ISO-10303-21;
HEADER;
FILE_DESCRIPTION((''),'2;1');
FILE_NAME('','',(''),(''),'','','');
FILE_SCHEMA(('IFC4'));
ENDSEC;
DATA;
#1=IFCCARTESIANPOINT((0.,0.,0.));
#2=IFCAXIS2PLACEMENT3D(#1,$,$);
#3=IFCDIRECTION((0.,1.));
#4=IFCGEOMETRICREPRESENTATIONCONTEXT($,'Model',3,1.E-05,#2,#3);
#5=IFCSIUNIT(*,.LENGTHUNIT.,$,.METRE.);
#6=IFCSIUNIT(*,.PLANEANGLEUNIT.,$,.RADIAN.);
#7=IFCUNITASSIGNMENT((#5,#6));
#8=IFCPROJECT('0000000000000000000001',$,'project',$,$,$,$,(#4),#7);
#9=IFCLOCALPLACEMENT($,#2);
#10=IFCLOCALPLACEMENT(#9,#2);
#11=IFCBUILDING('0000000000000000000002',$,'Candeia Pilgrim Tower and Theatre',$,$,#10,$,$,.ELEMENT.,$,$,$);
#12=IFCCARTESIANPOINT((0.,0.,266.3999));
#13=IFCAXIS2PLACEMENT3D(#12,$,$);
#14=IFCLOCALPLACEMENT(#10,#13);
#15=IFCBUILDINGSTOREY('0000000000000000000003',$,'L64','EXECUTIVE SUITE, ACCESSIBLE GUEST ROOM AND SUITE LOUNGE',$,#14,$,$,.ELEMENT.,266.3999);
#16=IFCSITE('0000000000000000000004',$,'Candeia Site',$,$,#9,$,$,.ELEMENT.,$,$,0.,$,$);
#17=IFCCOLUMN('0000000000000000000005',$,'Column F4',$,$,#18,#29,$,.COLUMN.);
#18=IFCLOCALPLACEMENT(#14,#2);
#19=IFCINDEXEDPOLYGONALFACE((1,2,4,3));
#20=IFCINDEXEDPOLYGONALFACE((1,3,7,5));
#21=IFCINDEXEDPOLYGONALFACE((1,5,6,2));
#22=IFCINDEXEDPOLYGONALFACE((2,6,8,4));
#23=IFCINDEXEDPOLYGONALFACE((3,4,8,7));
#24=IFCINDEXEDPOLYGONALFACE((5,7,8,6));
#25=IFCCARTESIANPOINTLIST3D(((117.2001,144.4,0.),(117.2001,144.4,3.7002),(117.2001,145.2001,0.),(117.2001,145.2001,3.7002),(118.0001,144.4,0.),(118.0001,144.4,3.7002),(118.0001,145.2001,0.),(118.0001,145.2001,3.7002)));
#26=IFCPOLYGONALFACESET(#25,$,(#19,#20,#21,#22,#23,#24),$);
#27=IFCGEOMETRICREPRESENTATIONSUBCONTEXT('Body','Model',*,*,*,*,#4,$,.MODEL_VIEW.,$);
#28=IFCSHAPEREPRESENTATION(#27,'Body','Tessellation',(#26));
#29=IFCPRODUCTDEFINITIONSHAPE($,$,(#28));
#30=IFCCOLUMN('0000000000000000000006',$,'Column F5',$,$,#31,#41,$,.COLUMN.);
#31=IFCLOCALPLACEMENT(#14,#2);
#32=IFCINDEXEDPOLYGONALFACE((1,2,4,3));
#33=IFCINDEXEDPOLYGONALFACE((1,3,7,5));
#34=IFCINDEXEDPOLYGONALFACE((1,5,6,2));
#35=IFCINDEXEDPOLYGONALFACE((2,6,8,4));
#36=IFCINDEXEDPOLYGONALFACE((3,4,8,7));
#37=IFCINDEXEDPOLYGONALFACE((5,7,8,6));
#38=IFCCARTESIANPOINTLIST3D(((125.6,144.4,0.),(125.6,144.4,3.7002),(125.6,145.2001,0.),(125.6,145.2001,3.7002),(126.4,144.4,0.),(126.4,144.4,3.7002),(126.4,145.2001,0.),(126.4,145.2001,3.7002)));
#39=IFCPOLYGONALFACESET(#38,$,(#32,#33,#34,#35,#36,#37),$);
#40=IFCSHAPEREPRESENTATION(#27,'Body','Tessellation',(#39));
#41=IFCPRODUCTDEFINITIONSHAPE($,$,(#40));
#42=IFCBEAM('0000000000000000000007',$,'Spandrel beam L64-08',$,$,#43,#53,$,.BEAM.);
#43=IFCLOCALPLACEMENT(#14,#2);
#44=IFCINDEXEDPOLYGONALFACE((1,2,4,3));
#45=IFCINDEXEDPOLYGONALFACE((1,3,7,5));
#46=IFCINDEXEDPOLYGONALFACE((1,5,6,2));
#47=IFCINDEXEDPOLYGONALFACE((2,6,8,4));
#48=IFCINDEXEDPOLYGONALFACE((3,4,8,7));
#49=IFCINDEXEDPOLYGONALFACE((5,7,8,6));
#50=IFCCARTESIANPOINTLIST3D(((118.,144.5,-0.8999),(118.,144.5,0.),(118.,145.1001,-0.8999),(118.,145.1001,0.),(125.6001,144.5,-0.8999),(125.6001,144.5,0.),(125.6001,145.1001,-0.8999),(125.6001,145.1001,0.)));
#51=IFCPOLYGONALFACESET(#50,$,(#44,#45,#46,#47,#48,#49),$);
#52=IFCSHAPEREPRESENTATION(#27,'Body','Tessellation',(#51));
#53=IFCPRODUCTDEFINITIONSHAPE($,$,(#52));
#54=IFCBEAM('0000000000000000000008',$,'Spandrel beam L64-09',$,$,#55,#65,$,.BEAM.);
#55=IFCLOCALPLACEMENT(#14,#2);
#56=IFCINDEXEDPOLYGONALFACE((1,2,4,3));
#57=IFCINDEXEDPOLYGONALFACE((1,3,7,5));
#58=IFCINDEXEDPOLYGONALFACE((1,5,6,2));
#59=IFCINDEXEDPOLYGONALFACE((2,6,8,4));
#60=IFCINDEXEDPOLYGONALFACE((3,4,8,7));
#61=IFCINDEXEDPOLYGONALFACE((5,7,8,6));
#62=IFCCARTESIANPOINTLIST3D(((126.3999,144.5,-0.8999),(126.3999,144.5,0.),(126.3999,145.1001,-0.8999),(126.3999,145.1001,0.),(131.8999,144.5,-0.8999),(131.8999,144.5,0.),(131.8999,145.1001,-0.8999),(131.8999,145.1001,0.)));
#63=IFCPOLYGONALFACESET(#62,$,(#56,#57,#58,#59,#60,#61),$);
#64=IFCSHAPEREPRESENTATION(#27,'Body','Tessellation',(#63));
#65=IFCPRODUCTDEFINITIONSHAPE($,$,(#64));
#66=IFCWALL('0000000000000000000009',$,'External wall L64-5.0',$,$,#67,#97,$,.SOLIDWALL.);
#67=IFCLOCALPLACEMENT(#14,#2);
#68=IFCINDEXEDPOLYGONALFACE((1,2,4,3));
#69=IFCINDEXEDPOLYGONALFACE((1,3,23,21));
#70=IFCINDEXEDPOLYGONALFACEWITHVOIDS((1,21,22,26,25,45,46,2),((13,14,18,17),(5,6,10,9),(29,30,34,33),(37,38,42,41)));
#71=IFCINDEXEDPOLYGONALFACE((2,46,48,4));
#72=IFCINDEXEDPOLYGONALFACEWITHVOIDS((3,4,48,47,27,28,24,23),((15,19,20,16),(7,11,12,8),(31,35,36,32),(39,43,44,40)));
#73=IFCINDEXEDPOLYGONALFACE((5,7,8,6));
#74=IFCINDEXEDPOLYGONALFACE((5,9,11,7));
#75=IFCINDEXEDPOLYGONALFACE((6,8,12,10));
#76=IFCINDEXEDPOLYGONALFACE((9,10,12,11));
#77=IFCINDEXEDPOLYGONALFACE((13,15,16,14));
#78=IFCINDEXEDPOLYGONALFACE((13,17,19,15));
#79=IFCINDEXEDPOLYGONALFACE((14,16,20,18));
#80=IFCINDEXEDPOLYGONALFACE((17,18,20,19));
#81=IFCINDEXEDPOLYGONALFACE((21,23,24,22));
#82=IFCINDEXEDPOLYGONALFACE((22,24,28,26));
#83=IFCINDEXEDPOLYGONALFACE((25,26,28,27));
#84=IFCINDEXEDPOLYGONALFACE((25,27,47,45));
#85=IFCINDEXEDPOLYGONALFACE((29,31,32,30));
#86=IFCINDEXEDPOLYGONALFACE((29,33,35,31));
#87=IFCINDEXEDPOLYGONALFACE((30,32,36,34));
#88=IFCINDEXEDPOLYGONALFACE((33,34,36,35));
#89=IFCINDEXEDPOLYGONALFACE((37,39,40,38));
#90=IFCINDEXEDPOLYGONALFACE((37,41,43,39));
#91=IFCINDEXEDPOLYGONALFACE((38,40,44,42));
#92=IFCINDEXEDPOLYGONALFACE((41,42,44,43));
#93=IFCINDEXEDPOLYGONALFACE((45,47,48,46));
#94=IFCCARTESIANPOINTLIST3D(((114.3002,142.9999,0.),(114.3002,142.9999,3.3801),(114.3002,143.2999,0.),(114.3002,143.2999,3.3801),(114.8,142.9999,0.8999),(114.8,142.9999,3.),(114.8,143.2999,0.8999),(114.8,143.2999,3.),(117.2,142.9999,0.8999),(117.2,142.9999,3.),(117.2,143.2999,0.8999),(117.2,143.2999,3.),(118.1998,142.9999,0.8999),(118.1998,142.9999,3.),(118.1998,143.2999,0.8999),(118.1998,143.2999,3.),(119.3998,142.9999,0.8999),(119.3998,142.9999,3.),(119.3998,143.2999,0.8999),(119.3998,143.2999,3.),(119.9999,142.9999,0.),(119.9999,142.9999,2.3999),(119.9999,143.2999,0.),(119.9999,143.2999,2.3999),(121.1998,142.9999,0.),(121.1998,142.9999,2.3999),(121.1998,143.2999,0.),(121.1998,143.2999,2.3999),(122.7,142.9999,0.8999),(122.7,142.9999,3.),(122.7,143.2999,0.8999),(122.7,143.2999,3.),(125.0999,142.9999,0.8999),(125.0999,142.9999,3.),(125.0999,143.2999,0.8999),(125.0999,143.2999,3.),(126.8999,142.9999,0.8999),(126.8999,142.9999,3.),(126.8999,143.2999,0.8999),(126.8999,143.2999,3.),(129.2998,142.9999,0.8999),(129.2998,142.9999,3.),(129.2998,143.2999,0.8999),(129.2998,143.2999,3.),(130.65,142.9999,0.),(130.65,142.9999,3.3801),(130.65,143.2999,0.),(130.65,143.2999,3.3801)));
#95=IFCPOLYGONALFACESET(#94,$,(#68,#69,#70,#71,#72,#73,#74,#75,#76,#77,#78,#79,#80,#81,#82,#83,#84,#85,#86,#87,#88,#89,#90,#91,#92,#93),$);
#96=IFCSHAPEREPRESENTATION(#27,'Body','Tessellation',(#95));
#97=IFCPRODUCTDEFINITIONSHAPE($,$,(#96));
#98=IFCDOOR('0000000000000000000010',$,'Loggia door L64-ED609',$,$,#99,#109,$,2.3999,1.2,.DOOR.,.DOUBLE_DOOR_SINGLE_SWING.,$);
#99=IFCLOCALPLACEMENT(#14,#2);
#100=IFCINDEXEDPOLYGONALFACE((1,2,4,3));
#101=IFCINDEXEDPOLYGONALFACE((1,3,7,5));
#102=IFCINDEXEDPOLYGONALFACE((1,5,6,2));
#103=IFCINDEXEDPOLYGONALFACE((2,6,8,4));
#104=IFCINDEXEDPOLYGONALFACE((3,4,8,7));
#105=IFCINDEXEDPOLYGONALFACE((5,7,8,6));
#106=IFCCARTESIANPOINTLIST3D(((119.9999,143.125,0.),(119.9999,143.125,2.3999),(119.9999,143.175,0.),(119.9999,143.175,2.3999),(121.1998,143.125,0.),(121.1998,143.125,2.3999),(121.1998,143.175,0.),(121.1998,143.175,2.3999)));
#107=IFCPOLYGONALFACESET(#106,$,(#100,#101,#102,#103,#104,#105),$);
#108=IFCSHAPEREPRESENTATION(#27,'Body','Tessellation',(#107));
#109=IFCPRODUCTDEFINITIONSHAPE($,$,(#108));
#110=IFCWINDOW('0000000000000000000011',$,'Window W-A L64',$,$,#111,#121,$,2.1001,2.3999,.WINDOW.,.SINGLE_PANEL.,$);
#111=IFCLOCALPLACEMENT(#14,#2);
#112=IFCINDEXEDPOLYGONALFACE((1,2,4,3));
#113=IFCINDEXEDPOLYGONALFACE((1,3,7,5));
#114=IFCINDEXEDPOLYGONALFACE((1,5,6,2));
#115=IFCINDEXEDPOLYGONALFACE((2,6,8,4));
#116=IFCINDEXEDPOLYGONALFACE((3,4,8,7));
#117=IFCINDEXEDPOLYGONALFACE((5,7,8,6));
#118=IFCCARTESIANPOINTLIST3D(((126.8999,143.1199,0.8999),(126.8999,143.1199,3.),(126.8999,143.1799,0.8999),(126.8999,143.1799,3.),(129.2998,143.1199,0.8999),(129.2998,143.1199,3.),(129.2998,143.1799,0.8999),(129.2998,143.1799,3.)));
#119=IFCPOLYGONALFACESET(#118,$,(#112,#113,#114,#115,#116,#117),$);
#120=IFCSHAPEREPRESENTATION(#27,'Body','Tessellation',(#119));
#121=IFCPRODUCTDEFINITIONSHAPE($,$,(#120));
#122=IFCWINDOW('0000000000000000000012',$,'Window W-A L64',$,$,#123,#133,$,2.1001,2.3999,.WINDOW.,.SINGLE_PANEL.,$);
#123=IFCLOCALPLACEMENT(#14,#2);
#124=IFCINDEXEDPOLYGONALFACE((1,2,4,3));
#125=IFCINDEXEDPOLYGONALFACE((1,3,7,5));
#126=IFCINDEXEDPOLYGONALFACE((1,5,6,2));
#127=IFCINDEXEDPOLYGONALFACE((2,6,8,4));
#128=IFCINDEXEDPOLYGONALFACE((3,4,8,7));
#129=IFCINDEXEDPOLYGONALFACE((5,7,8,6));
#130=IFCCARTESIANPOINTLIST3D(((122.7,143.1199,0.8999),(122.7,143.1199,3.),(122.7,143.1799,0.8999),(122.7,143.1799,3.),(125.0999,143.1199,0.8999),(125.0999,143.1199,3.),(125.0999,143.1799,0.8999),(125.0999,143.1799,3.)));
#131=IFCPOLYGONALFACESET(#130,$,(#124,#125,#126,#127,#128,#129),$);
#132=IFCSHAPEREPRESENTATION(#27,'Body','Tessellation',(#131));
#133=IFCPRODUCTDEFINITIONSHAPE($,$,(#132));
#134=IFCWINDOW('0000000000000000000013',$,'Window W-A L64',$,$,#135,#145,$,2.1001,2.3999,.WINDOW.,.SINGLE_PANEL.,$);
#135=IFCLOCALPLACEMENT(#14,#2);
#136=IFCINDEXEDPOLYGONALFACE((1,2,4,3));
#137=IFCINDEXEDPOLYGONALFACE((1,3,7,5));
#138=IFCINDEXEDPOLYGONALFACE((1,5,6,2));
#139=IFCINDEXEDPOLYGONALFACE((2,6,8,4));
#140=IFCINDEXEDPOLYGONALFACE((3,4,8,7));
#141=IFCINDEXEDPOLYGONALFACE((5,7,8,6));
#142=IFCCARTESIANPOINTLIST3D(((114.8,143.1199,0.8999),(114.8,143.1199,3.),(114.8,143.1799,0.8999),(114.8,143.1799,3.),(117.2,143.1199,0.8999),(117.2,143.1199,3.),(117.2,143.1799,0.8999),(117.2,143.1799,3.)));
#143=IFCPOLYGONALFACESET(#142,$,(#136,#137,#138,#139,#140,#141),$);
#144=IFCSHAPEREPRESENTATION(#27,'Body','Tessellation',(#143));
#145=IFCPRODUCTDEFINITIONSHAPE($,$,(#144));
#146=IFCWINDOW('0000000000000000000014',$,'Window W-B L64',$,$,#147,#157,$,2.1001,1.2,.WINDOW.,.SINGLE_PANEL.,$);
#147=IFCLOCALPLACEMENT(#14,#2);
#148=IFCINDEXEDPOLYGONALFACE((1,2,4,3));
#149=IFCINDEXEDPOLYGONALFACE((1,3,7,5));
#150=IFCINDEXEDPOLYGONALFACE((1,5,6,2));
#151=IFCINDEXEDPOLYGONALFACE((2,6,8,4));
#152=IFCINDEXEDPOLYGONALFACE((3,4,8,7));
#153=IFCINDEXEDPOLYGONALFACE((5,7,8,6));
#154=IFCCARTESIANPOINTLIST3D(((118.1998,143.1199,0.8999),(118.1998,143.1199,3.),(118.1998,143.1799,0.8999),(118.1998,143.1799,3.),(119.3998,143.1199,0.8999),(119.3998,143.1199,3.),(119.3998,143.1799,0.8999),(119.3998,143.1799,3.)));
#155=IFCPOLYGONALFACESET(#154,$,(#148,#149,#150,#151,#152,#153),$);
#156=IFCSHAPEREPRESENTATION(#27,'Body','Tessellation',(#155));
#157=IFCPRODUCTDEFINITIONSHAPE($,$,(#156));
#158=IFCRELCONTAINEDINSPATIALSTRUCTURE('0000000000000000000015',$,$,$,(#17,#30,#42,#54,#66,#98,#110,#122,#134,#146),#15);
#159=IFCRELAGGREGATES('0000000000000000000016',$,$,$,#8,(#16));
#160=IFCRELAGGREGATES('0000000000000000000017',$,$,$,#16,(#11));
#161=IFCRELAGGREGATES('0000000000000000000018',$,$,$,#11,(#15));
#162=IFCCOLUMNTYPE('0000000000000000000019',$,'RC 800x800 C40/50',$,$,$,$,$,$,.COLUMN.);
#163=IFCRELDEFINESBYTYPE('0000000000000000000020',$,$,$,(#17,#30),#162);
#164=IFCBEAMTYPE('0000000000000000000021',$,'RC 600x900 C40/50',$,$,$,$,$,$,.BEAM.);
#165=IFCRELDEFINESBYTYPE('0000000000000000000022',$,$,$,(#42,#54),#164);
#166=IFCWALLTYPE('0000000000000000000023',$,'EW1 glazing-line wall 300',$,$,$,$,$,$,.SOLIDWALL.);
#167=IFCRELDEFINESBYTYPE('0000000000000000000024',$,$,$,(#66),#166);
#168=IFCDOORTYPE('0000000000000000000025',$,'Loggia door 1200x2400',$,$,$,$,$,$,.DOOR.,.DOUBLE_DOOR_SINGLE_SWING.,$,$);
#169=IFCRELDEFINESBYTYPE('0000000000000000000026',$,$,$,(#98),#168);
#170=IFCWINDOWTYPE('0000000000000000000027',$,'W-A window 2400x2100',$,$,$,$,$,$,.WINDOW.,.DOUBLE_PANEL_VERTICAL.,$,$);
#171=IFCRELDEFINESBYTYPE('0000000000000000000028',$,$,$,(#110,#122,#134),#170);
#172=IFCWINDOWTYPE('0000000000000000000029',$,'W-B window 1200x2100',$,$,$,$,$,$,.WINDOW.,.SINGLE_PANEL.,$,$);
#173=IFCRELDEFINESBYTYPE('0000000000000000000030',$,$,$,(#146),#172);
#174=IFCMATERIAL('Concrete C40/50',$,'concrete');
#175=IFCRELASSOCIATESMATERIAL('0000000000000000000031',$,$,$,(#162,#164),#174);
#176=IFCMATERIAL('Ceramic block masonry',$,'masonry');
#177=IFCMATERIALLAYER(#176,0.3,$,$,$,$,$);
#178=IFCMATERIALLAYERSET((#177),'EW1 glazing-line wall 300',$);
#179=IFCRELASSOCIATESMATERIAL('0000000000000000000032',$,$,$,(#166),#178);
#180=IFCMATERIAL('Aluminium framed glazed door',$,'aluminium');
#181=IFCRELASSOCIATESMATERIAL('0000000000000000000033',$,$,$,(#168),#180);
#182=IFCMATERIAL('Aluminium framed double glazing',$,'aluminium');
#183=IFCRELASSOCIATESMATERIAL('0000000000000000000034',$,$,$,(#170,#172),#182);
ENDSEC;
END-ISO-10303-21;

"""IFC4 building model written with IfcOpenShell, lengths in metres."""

from ifc_helpers import new_model, si_unit, direction, frame, frame_2d, origin, origin_2d, place, context, subcontext, project, spatial, rectangle, extrude, material, layer, layer_set, material_profile, profile_set, type_object, element, fill, save


model = new_model("IFC4")

# Units and contexts
model_context = context("Model", 3, precision=1e-05, world=origin(), true_north=direction((0.0, 1.0)))
body_context = subcontext(model_context, "Body", "Model", "MODEL_VIEW")
ifc_project = project(units=[si_unit("LENGTHUNIT", "METRE"), si_unit("PLANEANGLEUNIT", "RADIAN")], contexts=[model_context])

# Site, building, storey
site_placement = place(None, origin())
site = spatial("IfcSite", under=ifc_project, at=site_placement, Name="Candeia Site", CompositionType="ELEMENT", RefElevation=0.0)
building_placement = place(site_placement, origin())
building = spatial("IfcBuilding", under=site, at=building_placement, Name="Candeia Pilgrim Tower and Theatre", CompositionType="ELEMENT")
storey_placement = place(building_placement, frame((0.0, 0.0, 266.3999)))
storey = spatial("IfcBuildingStorey", under=building, at=storey_placement, Name="L64", Description="EXECUTIVE SUITE, ACCESSIBLE GUEST ROOM AND SUITE LOUNGE", CompositionType="ELEMENT", Elevation=266.3999)

# Columns
ifc_material_1 = material(Name="Concrete C40/50", Category="concrete")
ifc_material_profile_1 = material_profile(ifc_material_1, rectangle(XDim=0.8, YDim=0.8, at=origin_2d()))
ifc_profile_set_1 = profile_set([ifc_material_profile_1], Name="Concrete C40/50")
column_type = type_object("IfcColumnType", Name="RC 800x800 C40/50", PredefinedType="COLUMN", material=ifc_profile_set_1)
for number, where, z_axis, x_axis, name in (
    (1, (117.6001, 144.8, 0.0), (0.0, 0.0, 1.0), (1.0, 0.0, 0.0), "Column F4"),
    (2, (126.0, 144.8, 0.0), (0.0, 0.0, 1.0), (1.0, 0.0, 0.0), "Column F5"),
):
    element("IfcColumn", number, at=place(storey_placement, frame(where, z_axis=z_axis, x_axis=x_axis)), inside=storey, type_object=column_type, Name=name, PredefinedType="COLUMN", context=body_context, shape_type="SweptSolid", body=[
        extrude(rectangle(XDim=0.8, YDim=0.8, at=origin_2d()), origin(), (0.0, 0.0, 1.0), 3.7002),
    ])

# Beams
ifc_material_profile_2 = material_profile(ifc_material_1, rectangle(XDim=0.6001, YDim=0.8999, at=origin_2d()))
ifc_profile_set_2 = profile_set([ifc_material_profile_2], Name="Concrete C40/50")
beam_type = type_object("IfcBeamType", Name="RC 600x900 C40/50", PredefinedType="BEAM", material=ifc_profile_set_2)
beam_1_placement = place(storey_placement, frame((118.0, 144.8, -0.45), z_axis=(1.0, 0.0, 0.0), x_axis=(0.0, 1.0, 0.0)))
element("IfcBeam", 3, at=beam_1_placement, inside=storey, type_object=beam_type, Name="Spandrel beam L64-08", PredefinedType="BEAM", context=body_context, shape_type="SweptSolid", body=[
    extrude(rectangle(XDim=0.6001, YDim=0.8999, at=origin_2d()), origin(), (0.0, 0.0, 1.0), 7.6001),
])
beam_2_placement = place(storey_placement, frame((126.3999, 144.8, -0.45), z_axis=(1.0, 0.0, 0.0), x_axis=(0.0, 1.0, 0.0)))
element("IfcBeam", 4, at=beam_2_placement, inside=storey, type_object=beam_type, Name="Spandrel beam L64-09", PredefinedType="BEAM", context=body_context, shape_type="SweptSolid", body=[
    extrude(rectangle(XDim=0.6001, YDim=0.8999, at=origin_2d()), origin(), (0.0, 0.0, 1.0), 5.5),
])

# Shared definitions
ifc_material_2 = material(Name="Ceramic block masonry", Category="masonry")
ifc_layer_1 = layer(ifc_material_2, 0.3)
ifc_layer_set_1 = layer_set([ifc_layer_1], Name="EW1 glazing-line wall 300")
wall_type_1 = type_object("IfcWallType", Name="EW1 glazing-line wall 300", PredefinedType="SOLIDWALL", material=ifc_layer_set_1)
ifc_material_3 = material(Name="Aluminium framed glazed door", Category="aluminium")
door_type_1 = type_object("IfcDoorType", Name="Loggia door 1200x2400", OperationType="DOUBLE_DOOR_SINGLE_SWING", PredefinedType="DOOR", material=ifc_material_3)

# Wall, openings, door, windows
wall_1_placement = place(storey_placement, frame((130.6499, 143.1499, 0.0), z_axis=(0.0, 0.0, 1.0), x_axis=(-1.0, 0.0, 0.0)))
wall_1 = element("IfcWall", 5, at=wall_1_placement, inside=storey, type_object=wall_type_1, Name="External wall L64-5.0", PredefinedType="SOLIDWALL", context=body_context, shape_type="SweptSolid", body=[
    extrude(rectangle(XDim=16.3499, YDim=0.3, at=frame_2d((8.1748, 0.0))), origin(), (0.0, 0.0, 1.0), 3.3801),
])
opening_1_placement = place(wall_1_placement, frame((1.3501, 0.0, 0.8999)))
opening_1 = element("IfcOpeningElement", 6, at=opening_1_placement, cuts=wall_1, PredefinedType="OPENING", context=body_context, shape_type="SweptSolid", body=[
    extrude(rectangle(XDim=2.3999, YDim=2.1001, at=frame_2d((1.2, 1.05))), frame((0.0, 0.1602, 0.0), z_axis=(0.0, -1.0, 0.0), x_axis=(1.0, 0.0, 0.0)), (0.0, 0.0, 1.0), 0.3201),
])
opening_2_placement = place(wall_1_placement, frame((5.55, 0.0, 0.8999)))
opening_2 = element("IfcOpeningElement", 7, at=opening_2_placement, cuts=wall_1, PredefinedType="OPENING", context=body_context, shape_type="SweptSolid", body=[
    extrude(rectangle(XDim=2.3999, YDim=2.1001, at=frame_2d((1.2, 1.05))), frame((0.0, 0.1602, 0.0), z_axis=(0.0, -1.0, 0.0), x_axis=(1.0, 0.0, 0.0)), (0.0, 0.0, 1.0), 0.3201),
])
opening_3_placement = place(wall_1_placement, frame((9.45, 0.0, 0.0)))
opening_3 = element("IfcOpeningElement", 8, at=opening_3_placement, cuts=wall_1, PredefinedType="OPENING", context=body_context, shape_type="SweptSolid", body=[
    extrude(rectangle(XDim=1.2, YDim=2.3999, at=frame_2d((0.6001, 1.2))), frame((0.0, 0.1602, 0.0), z_axis=(0.0, -1.0, 0.0), x_axis=(1.0, 0.0, 0.0)), (0.0, 0.0, 1.0), 0.3201),
])
opening_4_placement = place(wall_1_placement, frame((11.25, 0.0, 0.8999)))
opening_4 = element("IfcOpeningElement", 9, at=opening_4_placement, cuts=wall_1, PredefinedType="OPENING", context=body_context, shape_type="SweptSolid", body=[
    extrude(rectangle(XDim=1.2, YDim=2.1001, at=frame_2d((0.6001, 1.05))), frame((0.0, 0.1602, 0.0), z_axis=(0.0, -1.0, 0.0), x_axis=(1.0, 0.0, 0.0)), (0.0, 0.0, 1.0), 0.3201),
])
opening_5_placement = place(wall_1_placement, frame((13.45, 0.0, 0.8999)))
opening_5 = element("IfcOpeningElement", 10, at=opening_5_placement, cuts=wall_1, PredefinedType="OPENING", context=body_context, shape_type="SweptSolid", body=[
    extrude(rectangle(XDim=2.3999, YDim=2.1001, at=frame_2d((1.2, 1.05))), frame((0.0, 0.1602, 0.0), z_axis=(0.0, -1.0, 0.0), x_axis=(1.0, 0.0, 0.0)), (0.0, 0.0, 1.0), 0.3201),
])
door_1_placement = place(opening_3_placement, origin())
door_1 = element("IfcDoor", 11, at=door_1_placement, inside=storey, type_object=door_type_1, Name="Loggia door L64-ED609", OperationType="DOUBLE_DOOR_SINGLE_SWING", OverallHeight=2.3999, OverallWidth=1.2, PredefinedType="DOOR", context=body_context, shape_type="SweptSolid", body=[
    extrude(rectangle(XDim=1.2, YDim=2.3999, at=frame_2d((0.6001, 1.2))), frame((0.0, 0.0249, 0.0), z_axis=(0.0, -1.0, 0.0), x_axis=(1.0, 0.0, 0.0)), (0.0, 0.0, 1.0), 0.05),
])
fill(opening_3, door_1)
ifc_material_4 = material(Name="Aluminium framed double glazing", Category="aluminium")
window_type_1 = type_object("IfcWindowType", Name="W-A window 2400x2100", PartitioningType="DOUBLE_PANEL_VERTICAL", PredefinedType="WINDOW", material=ifc_material_4)
window_1_placement = place(opening_1_placement, origin())
window_1 = element("IfcWindow", 12, at=window_1_placement, inside=storey, type_object=window_type_1, Name="Window W-A L64", OverallHeight=2.1001, OverallWidth=2.3999, PartitioningType="SINGLE_PANEL", PredefinedType="WINDOW", context=body_context, shape_type="SweptSolid", body=[
    extrude(rectangle(XDim=2.3999, YDim=2.1001, at=frame_2d((1.2, 1.05))), frame((0.0, 0.03, 0.0), z_axis=(0.0, -1.0, 0.0), x_axis=(1.0, 0.0, 0.0)), (0.0, 0.0, 1.0), 0.0601),
])
fill(opening_1, window_1)
window_2_placement = place(opening_2_placement, origin())
window_2 = element("IfcWindow", 13, at=window_2_placement, inside=storey, type_object=window_type_1, Name="Window W-A L64", OverallHeight=2.1001, OverallWidth=2.3999, PartitioningType="SINGLE_PANEL", PredefinedType="WINDOW", context=body_context, shape_type="SweptSolid", body=[
    extrude(rectangle(XDim=2.3999, YDim=2.1001, at=frame_2d((1.2, 1.05))), frame((0.0, 0.03, 0.0), z_axis=(0.0, -1.0, 0.0), x_axis=(1.0, 0.0, 0.0)), (0.0, 0.0, 1.0), 0.0601),
])
fill(opening_2, window_2)
window_3_placement = place(opening_5_placement, origin())
window_3 = element("IfcWindow", 14, at=window_3_placement, inside=storey, type_object=window_type_1, Name="Window W-A L64", OverallHeight=2.1001, OverallWidth=2.3999, PartitioningType="SINGLE_PANEL", PredefinedType="WINDOW", context=body_context, shape_type="SweptSolid", body=[
    extrude(rectangle(XDim=2.3999, YDim=2.1001, at=frame_2d((1.2, 1.05))), frame((0.0, 0.03, 0.0), z_axis=(0.0, -1.0, 0.0), x_axis=(1.0, 0.0, 0.0)), (0.0, 0.0, 1.0), 0.0601),
])
fill(opening_5, window_3)
window_type_2 = type_object("IfcWindowType", Name="W-B window 1200x2100", PartitioningType="SINGLE_PANEL", PredefinedType="WINDOW", material=ifc_material_4)
window_4_placement = place(opening_4_placement, origin())
window_4 = element("IfcWindow", 15, at=window_4_placement, inside=storey, type_object=window_type_2, Name="Window W-B L64", OverallHeight=2.1001, OverallWidth=1.2, PartitioningType="SINGLE_PANEL", PredefinedType="WINDOW", context=body_context, shape_type="SweptSolid", body=[
    extrude(rectangle(XDim=1.2, YDim=2.1001, at=frame_2d((0.6001, 1.05))), frame((0.0, 0.03, 0.0), z_axis=(0.0, -1.0, 0.0), x_axis=(1.0, 0.0, 0.0)), (0.0, 0.0, 1.0), 0.0601),
])
fill(opening_4, window_4)

save(model, "model.ifc")
